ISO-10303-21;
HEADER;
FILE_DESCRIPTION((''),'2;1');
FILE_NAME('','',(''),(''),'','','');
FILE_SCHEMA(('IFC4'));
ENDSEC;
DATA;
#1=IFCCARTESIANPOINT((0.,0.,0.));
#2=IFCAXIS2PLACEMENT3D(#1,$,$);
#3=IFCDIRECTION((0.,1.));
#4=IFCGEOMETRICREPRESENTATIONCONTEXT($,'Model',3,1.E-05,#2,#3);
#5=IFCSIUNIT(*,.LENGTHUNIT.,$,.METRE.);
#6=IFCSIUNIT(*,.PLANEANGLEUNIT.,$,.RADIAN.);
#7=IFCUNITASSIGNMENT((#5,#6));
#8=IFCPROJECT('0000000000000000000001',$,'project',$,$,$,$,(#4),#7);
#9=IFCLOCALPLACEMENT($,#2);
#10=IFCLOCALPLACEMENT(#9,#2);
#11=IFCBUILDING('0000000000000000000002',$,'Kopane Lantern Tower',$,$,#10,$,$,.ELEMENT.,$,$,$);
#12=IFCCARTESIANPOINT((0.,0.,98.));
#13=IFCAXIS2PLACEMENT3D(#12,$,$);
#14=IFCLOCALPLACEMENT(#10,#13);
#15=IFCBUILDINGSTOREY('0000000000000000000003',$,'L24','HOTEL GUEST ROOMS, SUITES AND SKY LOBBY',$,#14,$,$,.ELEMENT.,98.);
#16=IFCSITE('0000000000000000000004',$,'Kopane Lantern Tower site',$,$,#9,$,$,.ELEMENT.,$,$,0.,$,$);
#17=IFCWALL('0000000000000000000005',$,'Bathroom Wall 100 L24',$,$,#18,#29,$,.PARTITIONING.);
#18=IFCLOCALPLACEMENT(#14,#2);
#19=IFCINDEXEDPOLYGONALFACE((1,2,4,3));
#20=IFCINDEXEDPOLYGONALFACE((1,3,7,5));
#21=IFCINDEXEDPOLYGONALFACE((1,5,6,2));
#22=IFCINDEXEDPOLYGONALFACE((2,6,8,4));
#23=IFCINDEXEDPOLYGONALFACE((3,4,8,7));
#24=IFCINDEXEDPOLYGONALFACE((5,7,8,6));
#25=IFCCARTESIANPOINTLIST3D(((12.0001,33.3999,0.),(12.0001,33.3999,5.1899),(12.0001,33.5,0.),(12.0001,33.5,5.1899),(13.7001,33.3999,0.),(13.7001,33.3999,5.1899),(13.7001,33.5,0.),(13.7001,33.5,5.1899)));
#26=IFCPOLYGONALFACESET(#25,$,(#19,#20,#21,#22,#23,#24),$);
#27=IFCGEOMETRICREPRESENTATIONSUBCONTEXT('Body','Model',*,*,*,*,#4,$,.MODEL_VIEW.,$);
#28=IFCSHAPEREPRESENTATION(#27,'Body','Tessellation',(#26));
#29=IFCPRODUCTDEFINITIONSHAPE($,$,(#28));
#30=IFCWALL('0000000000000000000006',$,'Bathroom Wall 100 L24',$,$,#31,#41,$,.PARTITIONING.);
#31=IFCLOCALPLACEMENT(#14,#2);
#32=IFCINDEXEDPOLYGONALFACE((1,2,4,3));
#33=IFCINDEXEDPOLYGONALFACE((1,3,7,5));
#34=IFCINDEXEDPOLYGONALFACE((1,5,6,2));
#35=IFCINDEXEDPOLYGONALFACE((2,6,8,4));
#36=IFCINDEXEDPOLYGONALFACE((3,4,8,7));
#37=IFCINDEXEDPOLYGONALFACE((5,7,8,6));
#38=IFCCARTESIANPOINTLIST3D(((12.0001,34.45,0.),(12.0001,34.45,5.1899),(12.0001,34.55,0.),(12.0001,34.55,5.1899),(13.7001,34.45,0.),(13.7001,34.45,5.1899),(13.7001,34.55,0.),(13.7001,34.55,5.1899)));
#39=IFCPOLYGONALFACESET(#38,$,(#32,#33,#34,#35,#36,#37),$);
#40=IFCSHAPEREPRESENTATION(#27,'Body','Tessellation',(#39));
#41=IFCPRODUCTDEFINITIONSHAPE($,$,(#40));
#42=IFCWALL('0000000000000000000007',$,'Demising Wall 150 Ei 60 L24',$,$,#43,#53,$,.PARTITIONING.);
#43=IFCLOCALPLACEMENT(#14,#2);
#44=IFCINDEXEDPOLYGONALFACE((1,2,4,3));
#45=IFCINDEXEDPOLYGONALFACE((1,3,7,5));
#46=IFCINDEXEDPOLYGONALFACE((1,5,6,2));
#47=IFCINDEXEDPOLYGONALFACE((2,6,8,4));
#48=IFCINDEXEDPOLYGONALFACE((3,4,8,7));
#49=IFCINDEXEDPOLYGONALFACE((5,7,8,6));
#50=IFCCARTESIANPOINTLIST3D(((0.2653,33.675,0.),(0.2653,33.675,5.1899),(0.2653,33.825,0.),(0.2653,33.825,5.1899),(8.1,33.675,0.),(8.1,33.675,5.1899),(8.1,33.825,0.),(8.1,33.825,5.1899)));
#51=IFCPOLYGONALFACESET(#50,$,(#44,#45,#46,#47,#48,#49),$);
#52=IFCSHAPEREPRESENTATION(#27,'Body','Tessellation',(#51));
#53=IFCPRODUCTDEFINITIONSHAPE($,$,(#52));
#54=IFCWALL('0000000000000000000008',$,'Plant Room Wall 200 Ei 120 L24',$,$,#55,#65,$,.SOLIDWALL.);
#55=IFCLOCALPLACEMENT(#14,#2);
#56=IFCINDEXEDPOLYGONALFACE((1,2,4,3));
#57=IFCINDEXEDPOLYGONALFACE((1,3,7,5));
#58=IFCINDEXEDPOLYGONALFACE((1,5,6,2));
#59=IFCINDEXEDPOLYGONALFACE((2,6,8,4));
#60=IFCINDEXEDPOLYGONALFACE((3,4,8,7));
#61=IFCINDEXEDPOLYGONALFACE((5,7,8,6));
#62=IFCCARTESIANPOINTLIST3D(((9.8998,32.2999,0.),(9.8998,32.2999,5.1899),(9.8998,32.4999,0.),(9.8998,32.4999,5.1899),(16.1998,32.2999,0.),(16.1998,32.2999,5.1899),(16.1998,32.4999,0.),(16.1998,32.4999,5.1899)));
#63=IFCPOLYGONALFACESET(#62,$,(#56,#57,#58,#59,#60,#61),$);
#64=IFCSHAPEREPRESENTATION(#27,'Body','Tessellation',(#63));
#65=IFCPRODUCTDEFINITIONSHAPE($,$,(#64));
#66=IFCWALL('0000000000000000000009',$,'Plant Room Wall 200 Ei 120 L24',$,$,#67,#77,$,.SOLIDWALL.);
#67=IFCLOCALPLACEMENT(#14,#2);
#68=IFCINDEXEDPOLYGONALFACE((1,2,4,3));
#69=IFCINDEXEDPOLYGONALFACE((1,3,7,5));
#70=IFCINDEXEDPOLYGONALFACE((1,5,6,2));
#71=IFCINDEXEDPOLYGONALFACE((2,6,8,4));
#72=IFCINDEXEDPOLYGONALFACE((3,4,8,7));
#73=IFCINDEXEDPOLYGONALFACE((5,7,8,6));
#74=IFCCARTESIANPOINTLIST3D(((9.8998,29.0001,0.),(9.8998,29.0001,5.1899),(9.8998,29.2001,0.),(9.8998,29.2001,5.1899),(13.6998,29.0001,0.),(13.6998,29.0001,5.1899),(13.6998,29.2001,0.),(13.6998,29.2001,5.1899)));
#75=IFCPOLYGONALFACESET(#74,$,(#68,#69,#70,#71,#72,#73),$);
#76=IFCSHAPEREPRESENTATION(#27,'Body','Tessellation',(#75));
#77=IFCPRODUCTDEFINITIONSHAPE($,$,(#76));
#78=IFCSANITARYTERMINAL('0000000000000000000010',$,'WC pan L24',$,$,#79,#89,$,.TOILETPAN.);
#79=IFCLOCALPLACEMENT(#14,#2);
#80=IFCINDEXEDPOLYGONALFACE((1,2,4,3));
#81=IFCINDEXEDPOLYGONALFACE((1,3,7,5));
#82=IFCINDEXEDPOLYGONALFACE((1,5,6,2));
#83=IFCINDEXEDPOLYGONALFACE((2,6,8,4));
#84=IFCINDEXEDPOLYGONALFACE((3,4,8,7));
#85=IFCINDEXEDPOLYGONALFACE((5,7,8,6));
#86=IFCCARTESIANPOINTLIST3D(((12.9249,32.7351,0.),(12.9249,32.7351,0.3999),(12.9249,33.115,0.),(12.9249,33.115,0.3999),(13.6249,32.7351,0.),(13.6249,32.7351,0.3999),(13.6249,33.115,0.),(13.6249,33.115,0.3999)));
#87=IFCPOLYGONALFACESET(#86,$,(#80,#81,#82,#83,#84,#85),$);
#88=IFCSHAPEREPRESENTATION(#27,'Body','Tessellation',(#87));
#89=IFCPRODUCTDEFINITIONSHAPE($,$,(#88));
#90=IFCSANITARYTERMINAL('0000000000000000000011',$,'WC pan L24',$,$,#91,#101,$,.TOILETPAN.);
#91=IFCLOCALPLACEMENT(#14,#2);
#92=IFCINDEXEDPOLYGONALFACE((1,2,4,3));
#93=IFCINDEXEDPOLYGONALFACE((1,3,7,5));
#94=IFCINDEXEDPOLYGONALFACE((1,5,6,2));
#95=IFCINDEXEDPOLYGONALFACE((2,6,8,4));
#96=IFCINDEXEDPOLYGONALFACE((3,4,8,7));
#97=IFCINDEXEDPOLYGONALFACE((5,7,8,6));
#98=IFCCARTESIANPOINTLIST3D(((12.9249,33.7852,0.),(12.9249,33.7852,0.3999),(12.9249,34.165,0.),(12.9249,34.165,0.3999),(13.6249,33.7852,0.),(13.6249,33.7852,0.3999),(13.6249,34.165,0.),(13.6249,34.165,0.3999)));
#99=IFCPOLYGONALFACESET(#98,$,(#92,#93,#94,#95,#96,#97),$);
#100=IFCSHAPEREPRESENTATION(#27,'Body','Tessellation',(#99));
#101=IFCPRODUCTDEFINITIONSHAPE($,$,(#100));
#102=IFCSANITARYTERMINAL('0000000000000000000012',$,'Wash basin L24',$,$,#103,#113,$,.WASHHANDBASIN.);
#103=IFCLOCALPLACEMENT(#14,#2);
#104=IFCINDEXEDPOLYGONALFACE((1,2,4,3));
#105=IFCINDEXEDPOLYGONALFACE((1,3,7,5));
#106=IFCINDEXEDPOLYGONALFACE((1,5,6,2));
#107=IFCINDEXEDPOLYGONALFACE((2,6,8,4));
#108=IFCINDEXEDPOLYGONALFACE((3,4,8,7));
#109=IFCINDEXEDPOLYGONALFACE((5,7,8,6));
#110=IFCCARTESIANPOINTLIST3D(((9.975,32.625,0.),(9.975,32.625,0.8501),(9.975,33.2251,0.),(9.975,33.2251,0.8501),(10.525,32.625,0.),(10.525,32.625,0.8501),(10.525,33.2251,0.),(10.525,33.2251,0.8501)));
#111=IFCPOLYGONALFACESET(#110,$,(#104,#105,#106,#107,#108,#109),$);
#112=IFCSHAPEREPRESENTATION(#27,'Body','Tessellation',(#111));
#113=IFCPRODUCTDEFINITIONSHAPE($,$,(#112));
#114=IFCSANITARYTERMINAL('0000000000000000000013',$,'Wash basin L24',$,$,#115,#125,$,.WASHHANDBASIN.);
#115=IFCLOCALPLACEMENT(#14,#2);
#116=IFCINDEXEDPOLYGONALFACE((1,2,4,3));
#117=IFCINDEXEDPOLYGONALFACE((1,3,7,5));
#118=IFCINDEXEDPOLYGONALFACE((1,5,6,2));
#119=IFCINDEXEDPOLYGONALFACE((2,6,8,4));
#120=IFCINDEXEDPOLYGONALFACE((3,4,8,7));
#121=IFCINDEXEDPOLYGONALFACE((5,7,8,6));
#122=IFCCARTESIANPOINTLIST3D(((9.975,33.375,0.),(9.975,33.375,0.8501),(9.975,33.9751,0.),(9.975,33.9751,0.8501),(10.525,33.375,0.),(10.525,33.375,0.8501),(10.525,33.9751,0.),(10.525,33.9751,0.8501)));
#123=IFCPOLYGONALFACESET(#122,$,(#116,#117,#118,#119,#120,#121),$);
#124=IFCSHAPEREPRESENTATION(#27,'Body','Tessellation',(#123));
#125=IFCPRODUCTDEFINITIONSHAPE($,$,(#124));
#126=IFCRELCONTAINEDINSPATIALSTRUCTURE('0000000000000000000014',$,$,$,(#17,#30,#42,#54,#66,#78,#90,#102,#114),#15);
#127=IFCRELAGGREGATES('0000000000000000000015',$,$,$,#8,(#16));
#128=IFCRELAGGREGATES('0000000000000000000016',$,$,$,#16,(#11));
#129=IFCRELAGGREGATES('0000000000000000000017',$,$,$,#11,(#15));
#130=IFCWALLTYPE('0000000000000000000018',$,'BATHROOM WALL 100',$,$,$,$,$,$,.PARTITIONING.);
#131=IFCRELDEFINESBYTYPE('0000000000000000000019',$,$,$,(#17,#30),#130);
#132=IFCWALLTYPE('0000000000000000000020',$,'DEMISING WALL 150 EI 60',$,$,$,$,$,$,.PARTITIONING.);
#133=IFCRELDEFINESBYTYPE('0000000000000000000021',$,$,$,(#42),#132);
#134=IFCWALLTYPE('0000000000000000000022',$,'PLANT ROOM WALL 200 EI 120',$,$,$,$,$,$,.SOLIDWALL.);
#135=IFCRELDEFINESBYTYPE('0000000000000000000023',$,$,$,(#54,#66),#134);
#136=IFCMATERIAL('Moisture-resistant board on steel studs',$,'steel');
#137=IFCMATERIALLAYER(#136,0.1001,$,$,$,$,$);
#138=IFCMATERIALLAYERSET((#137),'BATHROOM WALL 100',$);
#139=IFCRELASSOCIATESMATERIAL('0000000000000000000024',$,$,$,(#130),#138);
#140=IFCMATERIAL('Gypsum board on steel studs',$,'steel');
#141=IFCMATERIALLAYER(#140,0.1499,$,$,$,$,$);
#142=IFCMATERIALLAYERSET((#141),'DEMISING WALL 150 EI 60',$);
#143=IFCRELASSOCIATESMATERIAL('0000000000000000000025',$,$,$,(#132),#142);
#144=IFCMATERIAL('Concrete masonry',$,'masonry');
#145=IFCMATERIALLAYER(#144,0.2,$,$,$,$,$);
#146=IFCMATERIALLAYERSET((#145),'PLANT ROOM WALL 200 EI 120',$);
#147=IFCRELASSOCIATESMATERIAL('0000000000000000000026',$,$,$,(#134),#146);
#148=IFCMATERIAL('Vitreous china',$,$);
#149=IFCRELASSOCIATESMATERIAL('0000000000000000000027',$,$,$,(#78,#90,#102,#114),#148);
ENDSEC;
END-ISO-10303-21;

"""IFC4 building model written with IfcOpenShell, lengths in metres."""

from ifc_helpers import new_model, si_unit, direction, frame, frame_2d, origin, origin_2d, place, context, subcontext, project, spatial, rectangle, extrude, material, layer, layer_set, type_object, element, save


model = new_model("IFC4")

# Units and contexts
model_context = context("Model", 3, precision=1e-05, world=origin(), true_north=direction((0.0, 1.0)))
body_context = subcontext(model_context, "Body", "Model", "MODEL_VIEW")
ifc_project = project(units=[si_unit("LENGTHUNIT", "METRE"), si_unit("PLANEANGLEUNIT", "RADIAN")], contexts=[model_context])

# Site, building, storey
site_placement = place(None, origin())
site = spatial("IfcSite", under=ifc_project, at=site_placement, Name="Kopane Lantern Tower site", CompositionType="ELEMENT", RefElevation=0.0)
building_placement = place(site_placement, origin())
building = spatial("IfcBuilding", under=site, at=building_placement, Name="Kopane Lantern Tower", CompositionType="ELEMENT")
storey_placement = place(building_placement, frame((0.0, 0.0, 98.0)))
storey = spatial("IfcBuildingStorey", under=building, at=storey_placement, Name="L24", Description="HOTEL GUEST ROOMS, SUITES AND SKY LOBBY", CompositionType="ELEMENT", Elevation=98.0)

# Shared definitions
ifc_material_1 = material(Name="Moisture-resistant board on steel studs", Category="steel")
ifc_layer_1 = layer(ifc_material_1, 0.1001)
ifc_layer_set_1 = layer_set([ifc_layer_1], Name="BATHROOM WALL 100")
wall_type_1 = type_object("IfcWallType", Name="BATHROOM WALL 100", PredefinedType="PARTITIONING", material=ifc_layer_set_1)

# Walls
for number, where, z_axis, x_axis, name in (
    (1, (12.0, 33.45, 0.0), (0.0, 0.0, 1.0), (1.0, 0.0, 0.0), "Bathroom Wall 100 L24"),
    (2, (12.0, 34.5, 0.0), (0.0, 0.0, 1.0), (1.0, 0.0, 0.0), "Bathroom Wall 100 L24"),
):
    element("IfcWall", number, at=place(storey_placement, frame(where, z_axis=z_axis, x_axis=x_axis)), inside=storey, type_object=wall_type_1, Name=name, PredefinedType="PARTITIONING", context=body_context, shape_type="SweptSolid", body=[
        extrude(rectangle(XDim=1.7, YDim=0.1001, at=frame_2d((0.8501, 0.0))), origin(), (0.0, 0.0, 1.0), 5.1899),
    ])
ifc_material_2 = material(Name="Gypsum board on steel studs", Category="steel")
ifc_layer_2 = layer(ifc_material_2, 0.1499)
ifc_layer_set_2 = layer_set([ifc_layer_2], Name="DEMISING WALL 150 EI 60")
wall_type_2 = type_object("IfcWallType", Name="DEMISING WALL 150 EI 60", PredefinedType="PARTITIONING", material=ifc_layer_set_2)
wall_1_placement = place(storey_placement, frame((8.1001, 33.75, 0.0), z_axis=(0.0, 0.0, 1.0), x_axis=(-1.0, 0.0, 0.0)))
element("IfcWall", 3, at=wall_1_placement, inside=storey, type_object=wall_type_2, Name="Demising Wall 150 Ei 60 L24", PredefinedType="PARTITIONING", context=body_context, shape_type="SweptSolid", body=[
    extrude(rectangle(XDim=7.8347, YDim=0.1499, at=frame_2d((3.9175, 0.0))), origin(), (0.0, 0.0, 1.0), 5.1899),
])
ifc_material_3 = material(Name="Concrete masonry", Category="masonry")
ifc_layer_3 = layer(ifc_material_3, 0.2)
ifc_layer_set_3 = layer_set([ifc_layer_3], Name="PLANT ROOM WALL 200 EI 120")
wall_type_3 = type_object("IfcWallType", Name="PLANT ROOM WALL 200 EI 120", PredefinedType="SOLIDWALL", material=ifc_layer_set_3)
wall_2_placement = place(storey_placement, frame((9.8999, 32.3999, 0.0), z_axis=(0.0, 0.0, 1.0), x_axis=(1.0, 0.0, 0.0)))
element("IfcWall", 4, at=wall_2_placement, inside=storey, type_object=wall_type_3, Name="Plant Room Wall 200 Ei 120 L24", PredefinedType="SOLIDWALL", context=body_context, shape_type="SweptSolid", body=[
    extrude(rectangle(XDim=6.3, YDim=0.2, at=frame_2d((3.1499, 0.0))), origin(), (0.0, 0.0, 1.0), 5.1899),
])
wall_3_placement = place(storey_placement, frame((9.8999, 29.1001, 0.0), z_axis=(0.0, 0.0, 1.0), x_axis=(1.0, 0.0, 0.0)))
element("IfcWall", 5, at=wall_3_placement, inside=storey, type_object=wall_type_3, Name="Plant Room Wall 200 Ei 120 L24", PredefinedType="SOLIDWALL", context=body_context, shape_type="SweptSolid", body=[
    extrude(rectangle(XDim=3.8, YDim=0.2, at=frame_2d((1.8999, 0.0))), origin(), (0.0, 0.0, 1.0), 5.1899),
])

# Sanitary terminals
ifc_material_4 = material(Name="Vitreous china")
for number, where, z_axis, x_axis, name in (
    (6, (13.2749, 32.925, 0.0), (0.0, 0.0, 1.0), (1.0, 0.0, 0.0), "WC pan L24"),
    (7, (13.2749, 33.9751, 0.0), (0.0, 0.0, 1.0), (1.0, 0.0, 0.0), "WC pan L24"),
):
    element("IfcSanitaryTerminal", number, at=place(storey_placement, frame(where, z_axis=z_axis, x_axis=x_axis)), inside=storey, material=ifc_material_4, Name=name, PredefinedType="TOILETPAN", context=body_context, shape_type="SweptSolid", body=[
        extrude(rectangle(XDim=0.7, YDim=0.3799, at=origin_2d()), origin(), (0.0, 0.0, 1.0), 0.3999),
    ])
for number, where, z_axis, x_axis, name in (
    (8, (10.25, 32.925, 0.0), (0.0, 0.0, 1.0), (1.0, 0.0, 0.0), "Wash basin L24"),
    (9, (10.25, 33.675, 0.0), (0.0, 0.0, 1.0), (1.0, 0.0, 0.0), "Wash basin L24"),
):
    element("IfcSanitaryTerminal", number, at=place(storey_placement, frame(where, z_axis=z_axis, x_axis=x_axis)), inside=storey, material=ifc_material_4, Name=name, PredefinedType="WASHHANDBASIN", context=body_context, shape_type="SweptSolid", body=[
        extrude(rectangle(XDim=0.55, YDim=0.6001, at=origin_2d()), origin(), (0.0, 0.0, 1.0), 0.8501),
    ])

save(model, "model.ifc")
